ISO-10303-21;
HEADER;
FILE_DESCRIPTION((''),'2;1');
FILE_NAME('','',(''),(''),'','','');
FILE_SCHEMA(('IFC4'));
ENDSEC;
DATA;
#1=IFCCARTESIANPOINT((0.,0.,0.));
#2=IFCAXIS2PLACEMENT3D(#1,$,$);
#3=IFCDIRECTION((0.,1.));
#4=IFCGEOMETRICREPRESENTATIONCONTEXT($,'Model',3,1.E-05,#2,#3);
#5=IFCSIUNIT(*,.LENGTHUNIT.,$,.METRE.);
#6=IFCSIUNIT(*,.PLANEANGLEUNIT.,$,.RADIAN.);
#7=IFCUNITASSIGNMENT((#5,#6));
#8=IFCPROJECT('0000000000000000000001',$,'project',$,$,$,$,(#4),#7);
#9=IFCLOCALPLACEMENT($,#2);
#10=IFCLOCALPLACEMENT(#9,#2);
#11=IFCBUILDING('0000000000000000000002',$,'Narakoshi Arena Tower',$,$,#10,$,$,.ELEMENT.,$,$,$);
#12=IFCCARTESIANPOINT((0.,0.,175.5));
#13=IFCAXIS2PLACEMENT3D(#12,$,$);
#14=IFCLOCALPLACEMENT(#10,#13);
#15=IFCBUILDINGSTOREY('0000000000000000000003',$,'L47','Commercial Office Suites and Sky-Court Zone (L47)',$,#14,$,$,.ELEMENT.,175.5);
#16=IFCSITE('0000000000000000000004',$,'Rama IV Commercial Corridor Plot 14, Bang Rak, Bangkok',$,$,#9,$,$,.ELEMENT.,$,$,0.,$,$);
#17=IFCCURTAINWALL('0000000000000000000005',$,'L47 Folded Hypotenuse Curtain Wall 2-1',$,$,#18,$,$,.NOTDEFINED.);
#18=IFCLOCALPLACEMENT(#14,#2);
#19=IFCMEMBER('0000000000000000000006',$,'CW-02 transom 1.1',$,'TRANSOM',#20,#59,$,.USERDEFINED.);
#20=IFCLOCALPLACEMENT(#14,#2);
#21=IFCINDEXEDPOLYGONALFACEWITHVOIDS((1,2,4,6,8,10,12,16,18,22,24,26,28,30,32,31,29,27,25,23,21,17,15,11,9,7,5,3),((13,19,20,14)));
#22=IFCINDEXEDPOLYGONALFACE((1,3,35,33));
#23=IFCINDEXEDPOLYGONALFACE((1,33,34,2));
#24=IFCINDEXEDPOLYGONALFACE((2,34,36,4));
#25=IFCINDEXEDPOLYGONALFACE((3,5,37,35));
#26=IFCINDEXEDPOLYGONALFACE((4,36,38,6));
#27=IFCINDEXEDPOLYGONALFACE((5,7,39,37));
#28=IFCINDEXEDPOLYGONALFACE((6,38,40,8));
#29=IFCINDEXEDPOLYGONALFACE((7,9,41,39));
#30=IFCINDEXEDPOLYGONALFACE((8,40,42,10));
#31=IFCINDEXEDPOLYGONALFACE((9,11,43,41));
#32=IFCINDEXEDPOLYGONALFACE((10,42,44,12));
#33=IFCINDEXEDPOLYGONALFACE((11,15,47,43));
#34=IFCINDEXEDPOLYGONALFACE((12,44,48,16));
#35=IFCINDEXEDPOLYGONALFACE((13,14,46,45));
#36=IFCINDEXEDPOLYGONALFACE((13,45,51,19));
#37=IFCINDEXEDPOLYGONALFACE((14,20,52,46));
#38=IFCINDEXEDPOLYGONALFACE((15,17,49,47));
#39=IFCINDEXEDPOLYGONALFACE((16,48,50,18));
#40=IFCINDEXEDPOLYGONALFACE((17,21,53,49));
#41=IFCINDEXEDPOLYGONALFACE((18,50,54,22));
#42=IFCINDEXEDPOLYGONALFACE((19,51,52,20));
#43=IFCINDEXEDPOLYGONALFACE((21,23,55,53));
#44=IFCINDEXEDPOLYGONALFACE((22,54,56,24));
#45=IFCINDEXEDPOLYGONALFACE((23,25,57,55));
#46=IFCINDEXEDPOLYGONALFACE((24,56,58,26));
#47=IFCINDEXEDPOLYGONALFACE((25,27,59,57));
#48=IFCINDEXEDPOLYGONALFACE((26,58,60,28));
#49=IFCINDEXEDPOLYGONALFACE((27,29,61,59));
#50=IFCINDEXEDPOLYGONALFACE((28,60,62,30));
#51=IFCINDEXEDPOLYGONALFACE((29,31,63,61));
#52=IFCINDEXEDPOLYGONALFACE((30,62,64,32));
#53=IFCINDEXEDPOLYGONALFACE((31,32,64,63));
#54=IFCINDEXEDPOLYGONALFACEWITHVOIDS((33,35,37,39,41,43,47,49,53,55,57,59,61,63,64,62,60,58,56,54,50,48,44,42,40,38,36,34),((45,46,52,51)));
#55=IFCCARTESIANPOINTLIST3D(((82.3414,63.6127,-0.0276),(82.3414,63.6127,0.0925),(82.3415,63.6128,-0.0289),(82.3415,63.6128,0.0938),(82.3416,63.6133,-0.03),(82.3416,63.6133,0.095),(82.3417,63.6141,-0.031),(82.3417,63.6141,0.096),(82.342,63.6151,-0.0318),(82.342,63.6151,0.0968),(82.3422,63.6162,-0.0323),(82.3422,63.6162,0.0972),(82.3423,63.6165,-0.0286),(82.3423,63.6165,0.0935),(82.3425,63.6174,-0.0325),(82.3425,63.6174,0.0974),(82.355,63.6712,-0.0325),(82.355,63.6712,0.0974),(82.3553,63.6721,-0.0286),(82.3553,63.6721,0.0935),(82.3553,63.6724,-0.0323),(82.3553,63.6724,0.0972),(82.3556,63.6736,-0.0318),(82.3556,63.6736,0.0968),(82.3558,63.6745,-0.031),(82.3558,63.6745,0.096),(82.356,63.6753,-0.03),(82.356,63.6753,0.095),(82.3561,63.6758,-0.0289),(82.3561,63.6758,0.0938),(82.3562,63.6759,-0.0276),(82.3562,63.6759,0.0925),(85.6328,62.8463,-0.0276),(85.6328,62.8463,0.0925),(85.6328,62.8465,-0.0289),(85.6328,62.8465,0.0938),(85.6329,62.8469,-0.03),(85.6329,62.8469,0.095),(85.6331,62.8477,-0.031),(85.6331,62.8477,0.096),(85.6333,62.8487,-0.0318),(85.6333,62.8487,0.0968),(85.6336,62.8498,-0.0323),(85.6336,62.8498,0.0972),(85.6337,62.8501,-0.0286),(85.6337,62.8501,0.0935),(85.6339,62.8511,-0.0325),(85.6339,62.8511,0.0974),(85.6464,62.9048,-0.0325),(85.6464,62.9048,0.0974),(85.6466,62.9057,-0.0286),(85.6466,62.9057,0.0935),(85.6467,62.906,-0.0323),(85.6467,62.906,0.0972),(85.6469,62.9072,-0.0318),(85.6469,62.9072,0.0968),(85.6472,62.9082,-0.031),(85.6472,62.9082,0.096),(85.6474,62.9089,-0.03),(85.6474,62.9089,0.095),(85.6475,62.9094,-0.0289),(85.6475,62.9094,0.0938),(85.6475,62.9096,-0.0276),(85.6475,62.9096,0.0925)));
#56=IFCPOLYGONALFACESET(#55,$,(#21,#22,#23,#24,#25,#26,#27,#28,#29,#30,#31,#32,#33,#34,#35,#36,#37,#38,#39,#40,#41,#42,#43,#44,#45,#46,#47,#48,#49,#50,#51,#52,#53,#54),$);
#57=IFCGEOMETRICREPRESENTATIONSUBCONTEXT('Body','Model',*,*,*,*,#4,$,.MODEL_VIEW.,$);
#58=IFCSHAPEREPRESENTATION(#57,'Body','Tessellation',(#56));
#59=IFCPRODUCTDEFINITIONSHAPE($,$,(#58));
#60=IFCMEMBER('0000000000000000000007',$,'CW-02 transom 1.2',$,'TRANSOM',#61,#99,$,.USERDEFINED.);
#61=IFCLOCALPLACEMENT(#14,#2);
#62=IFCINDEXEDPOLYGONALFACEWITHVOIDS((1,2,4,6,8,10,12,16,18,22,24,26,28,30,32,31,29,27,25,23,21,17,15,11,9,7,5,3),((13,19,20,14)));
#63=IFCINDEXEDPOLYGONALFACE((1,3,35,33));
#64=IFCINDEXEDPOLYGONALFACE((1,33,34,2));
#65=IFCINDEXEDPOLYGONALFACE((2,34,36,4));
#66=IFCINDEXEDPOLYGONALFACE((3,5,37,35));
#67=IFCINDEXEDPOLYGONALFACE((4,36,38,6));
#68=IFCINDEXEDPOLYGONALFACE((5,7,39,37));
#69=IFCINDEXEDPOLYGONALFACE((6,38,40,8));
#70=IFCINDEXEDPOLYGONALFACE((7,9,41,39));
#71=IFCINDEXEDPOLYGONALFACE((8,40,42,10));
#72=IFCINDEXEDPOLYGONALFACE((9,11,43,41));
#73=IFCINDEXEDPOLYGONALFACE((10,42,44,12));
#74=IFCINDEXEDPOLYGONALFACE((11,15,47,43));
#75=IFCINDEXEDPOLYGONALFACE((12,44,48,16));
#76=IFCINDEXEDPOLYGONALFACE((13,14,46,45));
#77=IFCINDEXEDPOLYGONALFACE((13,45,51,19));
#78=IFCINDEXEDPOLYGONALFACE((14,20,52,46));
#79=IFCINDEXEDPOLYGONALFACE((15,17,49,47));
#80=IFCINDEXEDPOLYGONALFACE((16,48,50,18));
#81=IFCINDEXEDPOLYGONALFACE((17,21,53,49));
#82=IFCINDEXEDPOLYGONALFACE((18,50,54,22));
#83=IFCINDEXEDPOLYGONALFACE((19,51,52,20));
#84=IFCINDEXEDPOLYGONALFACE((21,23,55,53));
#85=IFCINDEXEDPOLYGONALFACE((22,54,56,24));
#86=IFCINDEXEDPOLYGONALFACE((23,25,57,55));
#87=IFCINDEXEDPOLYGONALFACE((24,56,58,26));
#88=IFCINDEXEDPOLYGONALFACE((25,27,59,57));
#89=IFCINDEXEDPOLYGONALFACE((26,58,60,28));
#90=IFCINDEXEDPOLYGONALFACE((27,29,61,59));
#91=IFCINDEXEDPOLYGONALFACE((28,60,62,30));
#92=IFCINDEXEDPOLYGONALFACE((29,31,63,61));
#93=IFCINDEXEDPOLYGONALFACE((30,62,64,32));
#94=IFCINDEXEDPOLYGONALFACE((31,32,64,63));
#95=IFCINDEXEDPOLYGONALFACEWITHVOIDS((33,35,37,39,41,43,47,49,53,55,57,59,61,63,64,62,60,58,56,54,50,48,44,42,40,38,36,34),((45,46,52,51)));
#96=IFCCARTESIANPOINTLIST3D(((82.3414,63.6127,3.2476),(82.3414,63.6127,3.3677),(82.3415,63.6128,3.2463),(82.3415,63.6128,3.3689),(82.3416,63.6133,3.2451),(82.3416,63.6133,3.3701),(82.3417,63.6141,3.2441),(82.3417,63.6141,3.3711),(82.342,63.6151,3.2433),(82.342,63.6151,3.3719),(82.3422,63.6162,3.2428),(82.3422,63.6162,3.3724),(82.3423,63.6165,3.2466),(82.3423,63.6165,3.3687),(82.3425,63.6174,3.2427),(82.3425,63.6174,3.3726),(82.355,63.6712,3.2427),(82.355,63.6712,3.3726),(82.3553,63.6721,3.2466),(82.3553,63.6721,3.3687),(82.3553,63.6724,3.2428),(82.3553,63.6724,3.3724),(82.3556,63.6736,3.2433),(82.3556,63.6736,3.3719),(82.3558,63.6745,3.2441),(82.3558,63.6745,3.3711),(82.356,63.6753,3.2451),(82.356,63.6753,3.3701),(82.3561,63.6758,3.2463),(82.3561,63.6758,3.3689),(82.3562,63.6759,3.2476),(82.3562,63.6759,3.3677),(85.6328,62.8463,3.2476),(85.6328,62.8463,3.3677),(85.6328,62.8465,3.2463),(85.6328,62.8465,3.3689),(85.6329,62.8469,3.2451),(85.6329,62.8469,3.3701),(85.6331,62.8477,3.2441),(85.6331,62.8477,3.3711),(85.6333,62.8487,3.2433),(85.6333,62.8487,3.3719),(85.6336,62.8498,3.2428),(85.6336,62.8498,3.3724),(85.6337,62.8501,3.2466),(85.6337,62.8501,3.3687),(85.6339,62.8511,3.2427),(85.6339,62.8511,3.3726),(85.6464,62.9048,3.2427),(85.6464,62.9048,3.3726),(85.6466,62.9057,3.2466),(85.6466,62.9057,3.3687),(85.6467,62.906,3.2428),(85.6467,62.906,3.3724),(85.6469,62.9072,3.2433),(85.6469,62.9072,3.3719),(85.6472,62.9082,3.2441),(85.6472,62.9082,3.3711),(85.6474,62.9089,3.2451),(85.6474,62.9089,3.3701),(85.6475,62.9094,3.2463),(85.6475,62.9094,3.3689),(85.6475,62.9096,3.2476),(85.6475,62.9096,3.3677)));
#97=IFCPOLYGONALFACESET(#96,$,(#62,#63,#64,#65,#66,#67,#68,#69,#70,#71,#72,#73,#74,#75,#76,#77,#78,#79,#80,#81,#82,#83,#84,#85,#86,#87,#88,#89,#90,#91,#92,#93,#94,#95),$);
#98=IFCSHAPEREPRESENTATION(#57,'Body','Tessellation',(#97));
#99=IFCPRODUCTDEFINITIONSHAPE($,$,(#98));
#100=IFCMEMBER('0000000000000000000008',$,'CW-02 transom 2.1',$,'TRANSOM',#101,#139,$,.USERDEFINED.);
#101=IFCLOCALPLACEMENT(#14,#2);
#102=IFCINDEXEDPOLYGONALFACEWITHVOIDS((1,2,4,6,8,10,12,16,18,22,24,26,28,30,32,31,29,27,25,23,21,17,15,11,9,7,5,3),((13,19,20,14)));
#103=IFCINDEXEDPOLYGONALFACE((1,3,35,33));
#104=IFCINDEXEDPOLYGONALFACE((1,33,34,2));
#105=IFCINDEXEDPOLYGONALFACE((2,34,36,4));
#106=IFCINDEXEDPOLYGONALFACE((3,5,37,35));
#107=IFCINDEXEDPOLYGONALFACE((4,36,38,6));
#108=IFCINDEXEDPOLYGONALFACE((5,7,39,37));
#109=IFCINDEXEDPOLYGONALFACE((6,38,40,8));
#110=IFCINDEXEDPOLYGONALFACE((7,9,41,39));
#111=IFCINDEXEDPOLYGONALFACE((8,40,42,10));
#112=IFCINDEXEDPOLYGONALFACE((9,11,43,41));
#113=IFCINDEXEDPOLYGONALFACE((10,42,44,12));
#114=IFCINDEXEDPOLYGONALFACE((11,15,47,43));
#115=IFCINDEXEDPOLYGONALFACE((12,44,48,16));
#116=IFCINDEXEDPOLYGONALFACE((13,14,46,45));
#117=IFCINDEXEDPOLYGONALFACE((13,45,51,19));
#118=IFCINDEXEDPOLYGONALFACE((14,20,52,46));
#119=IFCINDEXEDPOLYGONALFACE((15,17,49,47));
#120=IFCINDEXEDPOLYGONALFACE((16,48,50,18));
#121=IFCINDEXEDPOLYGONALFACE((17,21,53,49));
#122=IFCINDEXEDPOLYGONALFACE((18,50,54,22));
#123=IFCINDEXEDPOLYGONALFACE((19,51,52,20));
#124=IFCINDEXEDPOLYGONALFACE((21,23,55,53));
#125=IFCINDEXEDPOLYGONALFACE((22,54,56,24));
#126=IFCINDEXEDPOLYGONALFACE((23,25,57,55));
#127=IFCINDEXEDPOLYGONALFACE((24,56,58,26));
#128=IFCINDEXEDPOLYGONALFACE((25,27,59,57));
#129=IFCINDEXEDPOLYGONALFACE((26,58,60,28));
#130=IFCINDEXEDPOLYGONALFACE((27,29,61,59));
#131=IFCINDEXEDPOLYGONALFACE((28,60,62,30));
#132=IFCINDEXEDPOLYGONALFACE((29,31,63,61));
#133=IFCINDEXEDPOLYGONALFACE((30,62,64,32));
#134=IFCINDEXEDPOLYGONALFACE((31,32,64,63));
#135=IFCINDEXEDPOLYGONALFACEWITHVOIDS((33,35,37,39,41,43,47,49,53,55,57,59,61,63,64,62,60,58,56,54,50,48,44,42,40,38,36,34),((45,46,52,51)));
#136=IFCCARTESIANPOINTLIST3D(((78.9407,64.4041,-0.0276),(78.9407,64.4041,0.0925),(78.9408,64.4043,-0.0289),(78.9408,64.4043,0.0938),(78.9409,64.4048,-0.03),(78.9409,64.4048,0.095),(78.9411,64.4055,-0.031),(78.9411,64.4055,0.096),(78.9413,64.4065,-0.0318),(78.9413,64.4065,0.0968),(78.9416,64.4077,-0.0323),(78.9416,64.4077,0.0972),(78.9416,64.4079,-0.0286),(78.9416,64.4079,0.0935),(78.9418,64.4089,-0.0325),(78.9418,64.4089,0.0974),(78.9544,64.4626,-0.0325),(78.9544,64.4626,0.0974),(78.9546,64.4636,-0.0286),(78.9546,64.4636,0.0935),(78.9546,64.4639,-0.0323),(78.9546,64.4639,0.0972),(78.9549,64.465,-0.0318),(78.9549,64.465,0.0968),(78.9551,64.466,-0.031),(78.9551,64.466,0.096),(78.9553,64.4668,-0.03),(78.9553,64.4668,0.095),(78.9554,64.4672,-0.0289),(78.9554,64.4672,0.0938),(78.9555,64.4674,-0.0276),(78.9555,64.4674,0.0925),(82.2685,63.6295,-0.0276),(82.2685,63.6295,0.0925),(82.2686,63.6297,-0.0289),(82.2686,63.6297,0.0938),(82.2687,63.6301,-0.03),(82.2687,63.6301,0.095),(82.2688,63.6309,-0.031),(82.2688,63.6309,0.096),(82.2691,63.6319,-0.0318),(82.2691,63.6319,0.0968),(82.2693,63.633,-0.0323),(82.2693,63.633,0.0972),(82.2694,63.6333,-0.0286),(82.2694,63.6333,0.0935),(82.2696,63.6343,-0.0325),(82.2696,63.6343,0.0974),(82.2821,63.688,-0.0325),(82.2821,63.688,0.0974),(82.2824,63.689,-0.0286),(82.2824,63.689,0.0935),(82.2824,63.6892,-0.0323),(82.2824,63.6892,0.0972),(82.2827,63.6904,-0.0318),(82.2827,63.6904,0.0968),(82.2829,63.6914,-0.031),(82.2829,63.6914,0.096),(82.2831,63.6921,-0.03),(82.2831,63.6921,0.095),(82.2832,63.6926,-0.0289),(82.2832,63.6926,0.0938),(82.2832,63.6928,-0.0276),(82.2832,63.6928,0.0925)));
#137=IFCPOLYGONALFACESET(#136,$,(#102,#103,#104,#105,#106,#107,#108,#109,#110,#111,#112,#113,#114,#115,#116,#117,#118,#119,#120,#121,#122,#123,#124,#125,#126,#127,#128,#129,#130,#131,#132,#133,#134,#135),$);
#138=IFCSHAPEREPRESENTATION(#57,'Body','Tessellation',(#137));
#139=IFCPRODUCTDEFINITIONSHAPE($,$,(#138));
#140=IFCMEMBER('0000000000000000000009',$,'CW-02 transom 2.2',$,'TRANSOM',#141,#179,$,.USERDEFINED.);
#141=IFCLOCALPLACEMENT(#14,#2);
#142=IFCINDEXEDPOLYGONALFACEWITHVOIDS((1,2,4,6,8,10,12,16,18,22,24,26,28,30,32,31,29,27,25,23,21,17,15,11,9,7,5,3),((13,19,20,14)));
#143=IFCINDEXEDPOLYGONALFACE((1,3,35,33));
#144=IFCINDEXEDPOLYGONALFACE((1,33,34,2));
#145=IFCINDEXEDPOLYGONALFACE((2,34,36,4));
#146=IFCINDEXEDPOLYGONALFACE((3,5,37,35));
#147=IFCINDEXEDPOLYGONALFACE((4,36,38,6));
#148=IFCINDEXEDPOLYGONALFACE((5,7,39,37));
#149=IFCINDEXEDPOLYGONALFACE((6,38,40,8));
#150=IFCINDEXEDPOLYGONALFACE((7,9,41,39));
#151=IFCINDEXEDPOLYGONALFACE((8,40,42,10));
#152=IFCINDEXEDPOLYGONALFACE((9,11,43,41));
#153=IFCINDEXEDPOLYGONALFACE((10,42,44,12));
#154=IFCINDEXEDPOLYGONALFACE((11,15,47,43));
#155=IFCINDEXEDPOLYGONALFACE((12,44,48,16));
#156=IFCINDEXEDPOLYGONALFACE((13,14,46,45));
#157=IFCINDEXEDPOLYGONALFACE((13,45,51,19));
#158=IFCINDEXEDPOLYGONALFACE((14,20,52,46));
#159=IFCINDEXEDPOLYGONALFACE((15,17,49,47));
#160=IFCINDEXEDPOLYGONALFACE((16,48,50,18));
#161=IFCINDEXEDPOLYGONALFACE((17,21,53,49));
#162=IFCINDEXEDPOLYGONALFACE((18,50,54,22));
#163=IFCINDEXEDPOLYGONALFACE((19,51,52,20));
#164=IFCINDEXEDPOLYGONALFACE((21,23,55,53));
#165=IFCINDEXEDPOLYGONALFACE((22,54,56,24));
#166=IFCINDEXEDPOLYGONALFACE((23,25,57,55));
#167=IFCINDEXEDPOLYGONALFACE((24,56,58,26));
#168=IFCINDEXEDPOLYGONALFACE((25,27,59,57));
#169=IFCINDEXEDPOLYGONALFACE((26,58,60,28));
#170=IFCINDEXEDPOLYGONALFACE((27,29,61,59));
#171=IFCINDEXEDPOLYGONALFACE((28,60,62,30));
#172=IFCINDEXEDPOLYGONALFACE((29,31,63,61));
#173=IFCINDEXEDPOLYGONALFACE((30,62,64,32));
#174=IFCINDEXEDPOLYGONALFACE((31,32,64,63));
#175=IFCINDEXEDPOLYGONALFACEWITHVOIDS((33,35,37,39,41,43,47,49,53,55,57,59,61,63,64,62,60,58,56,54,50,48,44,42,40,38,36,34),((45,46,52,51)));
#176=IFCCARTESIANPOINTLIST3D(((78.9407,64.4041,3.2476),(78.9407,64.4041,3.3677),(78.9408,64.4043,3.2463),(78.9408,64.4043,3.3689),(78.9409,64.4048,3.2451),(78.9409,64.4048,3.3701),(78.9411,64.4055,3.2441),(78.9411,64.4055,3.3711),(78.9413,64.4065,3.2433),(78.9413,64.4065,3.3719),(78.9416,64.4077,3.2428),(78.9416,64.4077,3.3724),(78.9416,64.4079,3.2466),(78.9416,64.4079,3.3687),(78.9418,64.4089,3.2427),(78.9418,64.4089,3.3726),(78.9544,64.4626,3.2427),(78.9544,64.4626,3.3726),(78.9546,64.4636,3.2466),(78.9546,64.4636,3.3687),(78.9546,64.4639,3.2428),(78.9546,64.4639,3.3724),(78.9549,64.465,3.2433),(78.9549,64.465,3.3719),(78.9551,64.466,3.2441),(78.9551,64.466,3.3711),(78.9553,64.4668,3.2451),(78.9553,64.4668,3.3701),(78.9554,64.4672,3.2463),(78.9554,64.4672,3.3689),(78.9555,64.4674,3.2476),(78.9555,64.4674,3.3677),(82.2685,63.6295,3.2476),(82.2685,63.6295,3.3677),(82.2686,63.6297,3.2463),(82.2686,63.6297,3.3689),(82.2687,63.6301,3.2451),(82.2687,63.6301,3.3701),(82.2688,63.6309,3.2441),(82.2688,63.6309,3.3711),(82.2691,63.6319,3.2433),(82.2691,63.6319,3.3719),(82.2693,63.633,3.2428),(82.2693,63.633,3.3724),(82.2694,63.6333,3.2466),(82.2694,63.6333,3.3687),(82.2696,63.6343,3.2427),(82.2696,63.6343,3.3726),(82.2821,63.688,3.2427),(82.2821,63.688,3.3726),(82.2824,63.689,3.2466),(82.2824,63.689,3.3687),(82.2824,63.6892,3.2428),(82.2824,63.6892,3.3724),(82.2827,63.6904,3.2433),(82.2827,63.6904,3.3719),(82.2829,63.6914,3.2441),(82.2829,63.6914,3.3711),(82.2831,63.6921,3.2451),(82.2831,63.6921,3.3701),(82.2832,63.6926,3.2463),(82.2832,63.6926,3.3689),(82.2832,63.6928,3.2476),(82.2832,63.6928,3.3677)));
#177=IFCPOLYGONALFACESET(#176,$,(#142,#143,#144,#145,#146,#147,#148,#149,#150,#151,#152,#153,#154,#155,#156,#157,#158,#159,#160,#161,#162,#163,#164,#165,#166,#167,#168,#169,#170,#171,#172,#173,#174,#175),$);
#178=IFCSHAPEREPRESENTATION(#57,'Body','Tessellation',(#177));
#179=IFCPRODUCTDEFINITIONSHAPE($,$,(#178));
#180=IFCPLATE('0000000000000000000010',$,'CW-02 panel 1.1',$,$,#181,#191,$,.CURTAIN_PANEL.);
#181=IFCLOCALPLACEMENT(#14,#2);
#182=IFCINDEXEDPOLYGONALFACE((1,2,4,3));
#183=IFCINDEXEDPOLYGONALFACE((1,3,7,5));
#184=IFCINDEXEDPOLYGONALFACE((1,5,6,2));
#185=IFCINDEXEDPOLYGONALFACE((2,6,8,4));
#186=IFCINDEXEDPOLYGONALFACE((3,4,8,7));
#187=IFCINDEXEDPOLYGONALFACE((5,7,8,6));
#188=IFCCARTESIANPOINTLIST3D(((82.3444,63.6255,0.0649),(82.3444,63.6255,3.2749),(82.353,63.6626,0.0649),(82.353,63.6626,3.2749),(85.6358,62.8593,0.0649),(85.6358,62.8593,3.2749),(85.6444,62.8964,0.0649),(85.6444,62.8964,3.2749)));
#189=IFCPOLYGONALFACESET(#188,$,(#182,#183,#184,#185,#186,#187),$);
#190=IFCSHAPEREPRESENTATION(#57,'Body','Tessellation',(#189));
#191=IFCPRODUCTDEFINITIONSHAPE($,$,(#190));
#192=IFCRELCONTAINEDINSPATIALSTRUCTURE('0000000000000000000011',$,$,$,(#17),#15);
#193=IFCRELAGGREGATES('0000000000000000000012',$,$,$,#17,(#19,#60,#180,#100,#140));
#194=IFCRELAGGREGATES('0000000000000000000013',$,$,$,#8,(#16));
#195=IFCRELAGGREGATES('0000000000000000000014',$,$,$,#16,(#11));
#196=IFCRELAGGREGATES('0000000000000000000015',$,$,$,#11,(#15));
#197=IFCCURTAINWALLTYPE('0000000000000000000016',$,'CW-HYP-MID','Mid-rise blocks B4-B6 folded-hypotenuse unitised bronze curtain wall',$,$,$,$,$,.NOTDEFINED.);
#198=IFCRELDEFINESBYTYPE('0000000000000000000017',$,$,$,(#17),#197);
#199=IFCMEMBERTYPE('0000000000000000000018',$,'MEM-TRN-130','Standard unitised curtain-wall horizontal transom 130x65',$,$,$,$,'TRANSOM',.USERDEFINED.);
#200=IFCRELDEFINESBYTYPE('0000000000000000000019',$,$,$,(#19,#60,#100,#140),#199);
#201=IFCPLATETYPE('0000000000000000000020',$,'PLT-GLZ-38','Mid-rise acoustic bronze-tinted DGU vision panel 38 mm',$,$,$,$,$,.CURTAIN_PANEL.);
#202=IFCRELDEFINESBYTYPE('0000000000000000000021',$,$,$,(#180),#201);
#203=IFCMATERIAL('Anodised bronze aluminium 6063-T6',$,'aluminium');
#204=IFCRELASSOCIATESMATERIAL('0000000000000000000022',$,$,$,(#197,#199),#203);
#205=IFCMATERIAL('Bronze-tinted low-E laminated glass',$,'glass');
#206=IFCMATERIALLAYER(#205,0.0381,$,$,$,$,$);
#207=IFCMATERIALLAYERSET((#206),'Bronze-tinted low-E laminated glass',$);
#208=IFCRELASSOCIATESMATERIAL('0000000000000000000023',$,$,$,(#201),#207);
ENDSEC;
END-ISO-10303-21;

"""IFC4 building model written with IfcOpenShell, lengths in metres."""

from ifc_helpers import new_model, si_unit, direction, frame, origin, origin_2d, place, context, subcontext, project, spatial, rectangle, hollow_rectangle, extrude, material, layer, layer_set, material_profile, profile_set, type_object, element, aggregate, save


model = new_model("IFC4")

# Units and contexts
model_context = context("Model", 3, precision=1e-05, world=origin(), true_north=direction((0.0, 1.0)))
body_context = subcontext(model_context, "Body", "Model", "MODEL_VIEW")
ifc_project = project(units=[si_unit("LENGTHUNIT", "METRE"), si_unit("PLANEANGLEUNIT", "RADIAN")], contexts=[model_context])

# Site, building, storey
site_placement = place(None, origin())
site = spatial("IfcSite", under=ifc_project, at=site_placement, Name="Rama IV Commercial Corridor Plot 14, Bang Rak, Bangkok", CompositionType="ELEMENT", RefElevation=0.0)
building_placement = place(site_placement, origin())
building = spatial("IfcBuilding", under=site, at=building_placement, Name="Narakoshi Arena Tower", CompositionType="ELEMENT")
storey_placement = place(building_placement, frame((0.0, 0.0, 175.5)))
storey = spatial("IfcBuildingStorey", under=building, at=storey_placement, Name="L47", Description="Commercial Office Suites and Sky-Court Zone (L47)", CompositionType="ELEMENT", Elevation=175.5)

# Shared definitions
ifc_material_1 = material(Name="Anodised bronze aluminium 6063-T6", Category="aluminium")
curtain_wall_type = type_object("IfcCurtainWallType", Name="CW-HYP-MID", Description="Mid-rise blocks B4-B6 folded-hypotenuse unitised bronze curtain wall", PredefinedType="NOTDEFINED", material=ifc_material_1)

# Curtain wall, members, plate
curtain_wall_1_placement = place(storey_placement, origin())
curtain_wall_1 = element("IfcCurtainWall", 1, at=curtain_wall_1_placement, inside=storey, type_object=curtain_wall_type, Name="L47 Folded Hypotenuse Curtain Wall 2-1", PredefinedType="NOTDEFINED")
ifc_material_profile_1 = material_profile(ifc_material_1, hollow_rectangle(XDim=0.0649, YDim=0.1299, WallThickness=0.0039, OuterFilletRadius=0.0049, at=origin_2d()), Name="TRN130x65x4")
ifc_profile_set_1 = profile_set([ifc_material_profile_1], Name="Anodised bronze aluminium 6063-T6")
member_type_1 = type_object("IfcMemberType", Name="MEM-TRN-130", Description="Standard unitised curtain-wall horizontal transom 130x65", ElementType="TRANSOM", PredefinedType="USERDEFINED", material=ifc_profile_set_1)
member_1_placement = place(storey_placement, frame((85.6401, 62.8779, 0.0325), z_axis=(-0.973946, 0.22678, 0.0), x_axis=(-0.22678, -0.973946, 0.0)))
member_1 = element("IfcMember", 2, at=member_1_placement, type_object=member_type_1, Name="CW-02 transom 1.1", ObjectType="TRANSOM", PredefinedType="USERDEFINED", context=body_context, shape_type="SweptSolid", body=[
    extrude(hollow_rectangle(XDim=0.0649, YDim=0.1299, WallThickness=0.0039, OuterFilletRadius=0.0049, at=origin_2d()), origin(), (0.0, 0.0, 1.0), 3.3794),
])
member_2_placement = place(storey_placement, frame((85.6401, 62.8779, 3.3076), z_axis=(-0.973946, 0.22678, 0.0), x_axis=(-0.22678, -0.973946, 0.0)))
member_2 = element("IfcMember", 3, at=member_2_placement, type_object=member_type_1, Name="CW-02 transom 1.2", ObjectType="TRANSOM", PredefinedType="USERDEFINED", context=body_context, shape_type="SweptSolid", body=[
    extrude(hollow_rectangle(XDim=0.0649, YDim=0.1299, WallThickness=0.0039, OuterFilletRadius=0.0049, at=origin_2d()), origin(), (0.0, 0.0, 1.0), 3.3794),
])
member_3_placement = place(storey_placement, frame((82.2759, 63.6611, 0.0325), z_axis=(-0.973961, 0.226717, 0.0), x_axis=(-0.226717, -0.973961, 0.0)))
member_3 = element("IfcMember", 4, at=member_3_placement, type_object=member_type_1, Name="CW-02 transom 2.1", ObjectType="TRANSOM", PredefinedType="USERDEFINED", context=body_context, shape_type="SweptSolid", body=[
    extrude(hollow_rectangle(XDim=0.0649, YDim=0.1299, WallThickness=0.0039, OuterFilletRadius=0.0049, at=origin_2d()), origin(), (0.0, 0.0, 1.0), 3.4167),
])
member_4_placement = place(storey_placement, frame((82.2759, 63.6611, 3.3076), z_axis=(-0.973961, 0.226717, 0.0), x_axis=(-0.226717, -0.973961, 0.0)))
member_4 = element("IfcMember", 5, at=member_4_placement, type_object=member_type_1, Name="CW-02 transom 2.2", ObjectType="TRANSOM", PredefinedType="USERDEFINED", context=body_context, shape_type="SweptSolid", body=[
    extrude(hollow_rectangle(XDim=0.0649, YDim=0.1299, WallThickness=0.0039, OuterFilletRadius=0.0049, at=origin_2d()), origin(), (0.0, 0.0, 1.0), 3.4167),
])
ifc_material_2 = material(Name="Bronze-tinted low-E laminated glass", Category="glass")
ifc_layer_1 = layer(ifc_material_2, 0.0381)
ifc_layer_set_1 = layer_set([ifc_layer_1], Name="Bronze-tinted low-E laminated glass")
plate_type = type_object("IfcPlateType", Name="PLT-GLZ-38", Description="Mid-rise acoustic bronze-tinted DGU vision panel 38 mm", PredefinedType="CURTAIN_PANEL", material=ifc_layer_set_1)
plate_1_placement = place(storey_placement, frame((83.9944, 63.261, 0.0649), z_axis=(0.0, 0.0, 1.0), x_axis=(-0.97396, 0.226721, 0.0)))
plate_1 = element("IfcPlate", 6, at=plate_1_placement, type_object=plate_type, Name="CW-02 panel 1.1", PredefinedType="CURTAIN_PANEL", context=body_context, shape_type="SweptSolid", body=[
    extrude(rectangle(XDim=3.3794, YDim=0.0381, at=origin_2d()), origin(), (0.0, 0.0, 1.0), 3.21),
])
aggregate(curtain_wall_1, [member_1, member_2, plate_1, member_3, member_4])

save(model, "model.ifc")
